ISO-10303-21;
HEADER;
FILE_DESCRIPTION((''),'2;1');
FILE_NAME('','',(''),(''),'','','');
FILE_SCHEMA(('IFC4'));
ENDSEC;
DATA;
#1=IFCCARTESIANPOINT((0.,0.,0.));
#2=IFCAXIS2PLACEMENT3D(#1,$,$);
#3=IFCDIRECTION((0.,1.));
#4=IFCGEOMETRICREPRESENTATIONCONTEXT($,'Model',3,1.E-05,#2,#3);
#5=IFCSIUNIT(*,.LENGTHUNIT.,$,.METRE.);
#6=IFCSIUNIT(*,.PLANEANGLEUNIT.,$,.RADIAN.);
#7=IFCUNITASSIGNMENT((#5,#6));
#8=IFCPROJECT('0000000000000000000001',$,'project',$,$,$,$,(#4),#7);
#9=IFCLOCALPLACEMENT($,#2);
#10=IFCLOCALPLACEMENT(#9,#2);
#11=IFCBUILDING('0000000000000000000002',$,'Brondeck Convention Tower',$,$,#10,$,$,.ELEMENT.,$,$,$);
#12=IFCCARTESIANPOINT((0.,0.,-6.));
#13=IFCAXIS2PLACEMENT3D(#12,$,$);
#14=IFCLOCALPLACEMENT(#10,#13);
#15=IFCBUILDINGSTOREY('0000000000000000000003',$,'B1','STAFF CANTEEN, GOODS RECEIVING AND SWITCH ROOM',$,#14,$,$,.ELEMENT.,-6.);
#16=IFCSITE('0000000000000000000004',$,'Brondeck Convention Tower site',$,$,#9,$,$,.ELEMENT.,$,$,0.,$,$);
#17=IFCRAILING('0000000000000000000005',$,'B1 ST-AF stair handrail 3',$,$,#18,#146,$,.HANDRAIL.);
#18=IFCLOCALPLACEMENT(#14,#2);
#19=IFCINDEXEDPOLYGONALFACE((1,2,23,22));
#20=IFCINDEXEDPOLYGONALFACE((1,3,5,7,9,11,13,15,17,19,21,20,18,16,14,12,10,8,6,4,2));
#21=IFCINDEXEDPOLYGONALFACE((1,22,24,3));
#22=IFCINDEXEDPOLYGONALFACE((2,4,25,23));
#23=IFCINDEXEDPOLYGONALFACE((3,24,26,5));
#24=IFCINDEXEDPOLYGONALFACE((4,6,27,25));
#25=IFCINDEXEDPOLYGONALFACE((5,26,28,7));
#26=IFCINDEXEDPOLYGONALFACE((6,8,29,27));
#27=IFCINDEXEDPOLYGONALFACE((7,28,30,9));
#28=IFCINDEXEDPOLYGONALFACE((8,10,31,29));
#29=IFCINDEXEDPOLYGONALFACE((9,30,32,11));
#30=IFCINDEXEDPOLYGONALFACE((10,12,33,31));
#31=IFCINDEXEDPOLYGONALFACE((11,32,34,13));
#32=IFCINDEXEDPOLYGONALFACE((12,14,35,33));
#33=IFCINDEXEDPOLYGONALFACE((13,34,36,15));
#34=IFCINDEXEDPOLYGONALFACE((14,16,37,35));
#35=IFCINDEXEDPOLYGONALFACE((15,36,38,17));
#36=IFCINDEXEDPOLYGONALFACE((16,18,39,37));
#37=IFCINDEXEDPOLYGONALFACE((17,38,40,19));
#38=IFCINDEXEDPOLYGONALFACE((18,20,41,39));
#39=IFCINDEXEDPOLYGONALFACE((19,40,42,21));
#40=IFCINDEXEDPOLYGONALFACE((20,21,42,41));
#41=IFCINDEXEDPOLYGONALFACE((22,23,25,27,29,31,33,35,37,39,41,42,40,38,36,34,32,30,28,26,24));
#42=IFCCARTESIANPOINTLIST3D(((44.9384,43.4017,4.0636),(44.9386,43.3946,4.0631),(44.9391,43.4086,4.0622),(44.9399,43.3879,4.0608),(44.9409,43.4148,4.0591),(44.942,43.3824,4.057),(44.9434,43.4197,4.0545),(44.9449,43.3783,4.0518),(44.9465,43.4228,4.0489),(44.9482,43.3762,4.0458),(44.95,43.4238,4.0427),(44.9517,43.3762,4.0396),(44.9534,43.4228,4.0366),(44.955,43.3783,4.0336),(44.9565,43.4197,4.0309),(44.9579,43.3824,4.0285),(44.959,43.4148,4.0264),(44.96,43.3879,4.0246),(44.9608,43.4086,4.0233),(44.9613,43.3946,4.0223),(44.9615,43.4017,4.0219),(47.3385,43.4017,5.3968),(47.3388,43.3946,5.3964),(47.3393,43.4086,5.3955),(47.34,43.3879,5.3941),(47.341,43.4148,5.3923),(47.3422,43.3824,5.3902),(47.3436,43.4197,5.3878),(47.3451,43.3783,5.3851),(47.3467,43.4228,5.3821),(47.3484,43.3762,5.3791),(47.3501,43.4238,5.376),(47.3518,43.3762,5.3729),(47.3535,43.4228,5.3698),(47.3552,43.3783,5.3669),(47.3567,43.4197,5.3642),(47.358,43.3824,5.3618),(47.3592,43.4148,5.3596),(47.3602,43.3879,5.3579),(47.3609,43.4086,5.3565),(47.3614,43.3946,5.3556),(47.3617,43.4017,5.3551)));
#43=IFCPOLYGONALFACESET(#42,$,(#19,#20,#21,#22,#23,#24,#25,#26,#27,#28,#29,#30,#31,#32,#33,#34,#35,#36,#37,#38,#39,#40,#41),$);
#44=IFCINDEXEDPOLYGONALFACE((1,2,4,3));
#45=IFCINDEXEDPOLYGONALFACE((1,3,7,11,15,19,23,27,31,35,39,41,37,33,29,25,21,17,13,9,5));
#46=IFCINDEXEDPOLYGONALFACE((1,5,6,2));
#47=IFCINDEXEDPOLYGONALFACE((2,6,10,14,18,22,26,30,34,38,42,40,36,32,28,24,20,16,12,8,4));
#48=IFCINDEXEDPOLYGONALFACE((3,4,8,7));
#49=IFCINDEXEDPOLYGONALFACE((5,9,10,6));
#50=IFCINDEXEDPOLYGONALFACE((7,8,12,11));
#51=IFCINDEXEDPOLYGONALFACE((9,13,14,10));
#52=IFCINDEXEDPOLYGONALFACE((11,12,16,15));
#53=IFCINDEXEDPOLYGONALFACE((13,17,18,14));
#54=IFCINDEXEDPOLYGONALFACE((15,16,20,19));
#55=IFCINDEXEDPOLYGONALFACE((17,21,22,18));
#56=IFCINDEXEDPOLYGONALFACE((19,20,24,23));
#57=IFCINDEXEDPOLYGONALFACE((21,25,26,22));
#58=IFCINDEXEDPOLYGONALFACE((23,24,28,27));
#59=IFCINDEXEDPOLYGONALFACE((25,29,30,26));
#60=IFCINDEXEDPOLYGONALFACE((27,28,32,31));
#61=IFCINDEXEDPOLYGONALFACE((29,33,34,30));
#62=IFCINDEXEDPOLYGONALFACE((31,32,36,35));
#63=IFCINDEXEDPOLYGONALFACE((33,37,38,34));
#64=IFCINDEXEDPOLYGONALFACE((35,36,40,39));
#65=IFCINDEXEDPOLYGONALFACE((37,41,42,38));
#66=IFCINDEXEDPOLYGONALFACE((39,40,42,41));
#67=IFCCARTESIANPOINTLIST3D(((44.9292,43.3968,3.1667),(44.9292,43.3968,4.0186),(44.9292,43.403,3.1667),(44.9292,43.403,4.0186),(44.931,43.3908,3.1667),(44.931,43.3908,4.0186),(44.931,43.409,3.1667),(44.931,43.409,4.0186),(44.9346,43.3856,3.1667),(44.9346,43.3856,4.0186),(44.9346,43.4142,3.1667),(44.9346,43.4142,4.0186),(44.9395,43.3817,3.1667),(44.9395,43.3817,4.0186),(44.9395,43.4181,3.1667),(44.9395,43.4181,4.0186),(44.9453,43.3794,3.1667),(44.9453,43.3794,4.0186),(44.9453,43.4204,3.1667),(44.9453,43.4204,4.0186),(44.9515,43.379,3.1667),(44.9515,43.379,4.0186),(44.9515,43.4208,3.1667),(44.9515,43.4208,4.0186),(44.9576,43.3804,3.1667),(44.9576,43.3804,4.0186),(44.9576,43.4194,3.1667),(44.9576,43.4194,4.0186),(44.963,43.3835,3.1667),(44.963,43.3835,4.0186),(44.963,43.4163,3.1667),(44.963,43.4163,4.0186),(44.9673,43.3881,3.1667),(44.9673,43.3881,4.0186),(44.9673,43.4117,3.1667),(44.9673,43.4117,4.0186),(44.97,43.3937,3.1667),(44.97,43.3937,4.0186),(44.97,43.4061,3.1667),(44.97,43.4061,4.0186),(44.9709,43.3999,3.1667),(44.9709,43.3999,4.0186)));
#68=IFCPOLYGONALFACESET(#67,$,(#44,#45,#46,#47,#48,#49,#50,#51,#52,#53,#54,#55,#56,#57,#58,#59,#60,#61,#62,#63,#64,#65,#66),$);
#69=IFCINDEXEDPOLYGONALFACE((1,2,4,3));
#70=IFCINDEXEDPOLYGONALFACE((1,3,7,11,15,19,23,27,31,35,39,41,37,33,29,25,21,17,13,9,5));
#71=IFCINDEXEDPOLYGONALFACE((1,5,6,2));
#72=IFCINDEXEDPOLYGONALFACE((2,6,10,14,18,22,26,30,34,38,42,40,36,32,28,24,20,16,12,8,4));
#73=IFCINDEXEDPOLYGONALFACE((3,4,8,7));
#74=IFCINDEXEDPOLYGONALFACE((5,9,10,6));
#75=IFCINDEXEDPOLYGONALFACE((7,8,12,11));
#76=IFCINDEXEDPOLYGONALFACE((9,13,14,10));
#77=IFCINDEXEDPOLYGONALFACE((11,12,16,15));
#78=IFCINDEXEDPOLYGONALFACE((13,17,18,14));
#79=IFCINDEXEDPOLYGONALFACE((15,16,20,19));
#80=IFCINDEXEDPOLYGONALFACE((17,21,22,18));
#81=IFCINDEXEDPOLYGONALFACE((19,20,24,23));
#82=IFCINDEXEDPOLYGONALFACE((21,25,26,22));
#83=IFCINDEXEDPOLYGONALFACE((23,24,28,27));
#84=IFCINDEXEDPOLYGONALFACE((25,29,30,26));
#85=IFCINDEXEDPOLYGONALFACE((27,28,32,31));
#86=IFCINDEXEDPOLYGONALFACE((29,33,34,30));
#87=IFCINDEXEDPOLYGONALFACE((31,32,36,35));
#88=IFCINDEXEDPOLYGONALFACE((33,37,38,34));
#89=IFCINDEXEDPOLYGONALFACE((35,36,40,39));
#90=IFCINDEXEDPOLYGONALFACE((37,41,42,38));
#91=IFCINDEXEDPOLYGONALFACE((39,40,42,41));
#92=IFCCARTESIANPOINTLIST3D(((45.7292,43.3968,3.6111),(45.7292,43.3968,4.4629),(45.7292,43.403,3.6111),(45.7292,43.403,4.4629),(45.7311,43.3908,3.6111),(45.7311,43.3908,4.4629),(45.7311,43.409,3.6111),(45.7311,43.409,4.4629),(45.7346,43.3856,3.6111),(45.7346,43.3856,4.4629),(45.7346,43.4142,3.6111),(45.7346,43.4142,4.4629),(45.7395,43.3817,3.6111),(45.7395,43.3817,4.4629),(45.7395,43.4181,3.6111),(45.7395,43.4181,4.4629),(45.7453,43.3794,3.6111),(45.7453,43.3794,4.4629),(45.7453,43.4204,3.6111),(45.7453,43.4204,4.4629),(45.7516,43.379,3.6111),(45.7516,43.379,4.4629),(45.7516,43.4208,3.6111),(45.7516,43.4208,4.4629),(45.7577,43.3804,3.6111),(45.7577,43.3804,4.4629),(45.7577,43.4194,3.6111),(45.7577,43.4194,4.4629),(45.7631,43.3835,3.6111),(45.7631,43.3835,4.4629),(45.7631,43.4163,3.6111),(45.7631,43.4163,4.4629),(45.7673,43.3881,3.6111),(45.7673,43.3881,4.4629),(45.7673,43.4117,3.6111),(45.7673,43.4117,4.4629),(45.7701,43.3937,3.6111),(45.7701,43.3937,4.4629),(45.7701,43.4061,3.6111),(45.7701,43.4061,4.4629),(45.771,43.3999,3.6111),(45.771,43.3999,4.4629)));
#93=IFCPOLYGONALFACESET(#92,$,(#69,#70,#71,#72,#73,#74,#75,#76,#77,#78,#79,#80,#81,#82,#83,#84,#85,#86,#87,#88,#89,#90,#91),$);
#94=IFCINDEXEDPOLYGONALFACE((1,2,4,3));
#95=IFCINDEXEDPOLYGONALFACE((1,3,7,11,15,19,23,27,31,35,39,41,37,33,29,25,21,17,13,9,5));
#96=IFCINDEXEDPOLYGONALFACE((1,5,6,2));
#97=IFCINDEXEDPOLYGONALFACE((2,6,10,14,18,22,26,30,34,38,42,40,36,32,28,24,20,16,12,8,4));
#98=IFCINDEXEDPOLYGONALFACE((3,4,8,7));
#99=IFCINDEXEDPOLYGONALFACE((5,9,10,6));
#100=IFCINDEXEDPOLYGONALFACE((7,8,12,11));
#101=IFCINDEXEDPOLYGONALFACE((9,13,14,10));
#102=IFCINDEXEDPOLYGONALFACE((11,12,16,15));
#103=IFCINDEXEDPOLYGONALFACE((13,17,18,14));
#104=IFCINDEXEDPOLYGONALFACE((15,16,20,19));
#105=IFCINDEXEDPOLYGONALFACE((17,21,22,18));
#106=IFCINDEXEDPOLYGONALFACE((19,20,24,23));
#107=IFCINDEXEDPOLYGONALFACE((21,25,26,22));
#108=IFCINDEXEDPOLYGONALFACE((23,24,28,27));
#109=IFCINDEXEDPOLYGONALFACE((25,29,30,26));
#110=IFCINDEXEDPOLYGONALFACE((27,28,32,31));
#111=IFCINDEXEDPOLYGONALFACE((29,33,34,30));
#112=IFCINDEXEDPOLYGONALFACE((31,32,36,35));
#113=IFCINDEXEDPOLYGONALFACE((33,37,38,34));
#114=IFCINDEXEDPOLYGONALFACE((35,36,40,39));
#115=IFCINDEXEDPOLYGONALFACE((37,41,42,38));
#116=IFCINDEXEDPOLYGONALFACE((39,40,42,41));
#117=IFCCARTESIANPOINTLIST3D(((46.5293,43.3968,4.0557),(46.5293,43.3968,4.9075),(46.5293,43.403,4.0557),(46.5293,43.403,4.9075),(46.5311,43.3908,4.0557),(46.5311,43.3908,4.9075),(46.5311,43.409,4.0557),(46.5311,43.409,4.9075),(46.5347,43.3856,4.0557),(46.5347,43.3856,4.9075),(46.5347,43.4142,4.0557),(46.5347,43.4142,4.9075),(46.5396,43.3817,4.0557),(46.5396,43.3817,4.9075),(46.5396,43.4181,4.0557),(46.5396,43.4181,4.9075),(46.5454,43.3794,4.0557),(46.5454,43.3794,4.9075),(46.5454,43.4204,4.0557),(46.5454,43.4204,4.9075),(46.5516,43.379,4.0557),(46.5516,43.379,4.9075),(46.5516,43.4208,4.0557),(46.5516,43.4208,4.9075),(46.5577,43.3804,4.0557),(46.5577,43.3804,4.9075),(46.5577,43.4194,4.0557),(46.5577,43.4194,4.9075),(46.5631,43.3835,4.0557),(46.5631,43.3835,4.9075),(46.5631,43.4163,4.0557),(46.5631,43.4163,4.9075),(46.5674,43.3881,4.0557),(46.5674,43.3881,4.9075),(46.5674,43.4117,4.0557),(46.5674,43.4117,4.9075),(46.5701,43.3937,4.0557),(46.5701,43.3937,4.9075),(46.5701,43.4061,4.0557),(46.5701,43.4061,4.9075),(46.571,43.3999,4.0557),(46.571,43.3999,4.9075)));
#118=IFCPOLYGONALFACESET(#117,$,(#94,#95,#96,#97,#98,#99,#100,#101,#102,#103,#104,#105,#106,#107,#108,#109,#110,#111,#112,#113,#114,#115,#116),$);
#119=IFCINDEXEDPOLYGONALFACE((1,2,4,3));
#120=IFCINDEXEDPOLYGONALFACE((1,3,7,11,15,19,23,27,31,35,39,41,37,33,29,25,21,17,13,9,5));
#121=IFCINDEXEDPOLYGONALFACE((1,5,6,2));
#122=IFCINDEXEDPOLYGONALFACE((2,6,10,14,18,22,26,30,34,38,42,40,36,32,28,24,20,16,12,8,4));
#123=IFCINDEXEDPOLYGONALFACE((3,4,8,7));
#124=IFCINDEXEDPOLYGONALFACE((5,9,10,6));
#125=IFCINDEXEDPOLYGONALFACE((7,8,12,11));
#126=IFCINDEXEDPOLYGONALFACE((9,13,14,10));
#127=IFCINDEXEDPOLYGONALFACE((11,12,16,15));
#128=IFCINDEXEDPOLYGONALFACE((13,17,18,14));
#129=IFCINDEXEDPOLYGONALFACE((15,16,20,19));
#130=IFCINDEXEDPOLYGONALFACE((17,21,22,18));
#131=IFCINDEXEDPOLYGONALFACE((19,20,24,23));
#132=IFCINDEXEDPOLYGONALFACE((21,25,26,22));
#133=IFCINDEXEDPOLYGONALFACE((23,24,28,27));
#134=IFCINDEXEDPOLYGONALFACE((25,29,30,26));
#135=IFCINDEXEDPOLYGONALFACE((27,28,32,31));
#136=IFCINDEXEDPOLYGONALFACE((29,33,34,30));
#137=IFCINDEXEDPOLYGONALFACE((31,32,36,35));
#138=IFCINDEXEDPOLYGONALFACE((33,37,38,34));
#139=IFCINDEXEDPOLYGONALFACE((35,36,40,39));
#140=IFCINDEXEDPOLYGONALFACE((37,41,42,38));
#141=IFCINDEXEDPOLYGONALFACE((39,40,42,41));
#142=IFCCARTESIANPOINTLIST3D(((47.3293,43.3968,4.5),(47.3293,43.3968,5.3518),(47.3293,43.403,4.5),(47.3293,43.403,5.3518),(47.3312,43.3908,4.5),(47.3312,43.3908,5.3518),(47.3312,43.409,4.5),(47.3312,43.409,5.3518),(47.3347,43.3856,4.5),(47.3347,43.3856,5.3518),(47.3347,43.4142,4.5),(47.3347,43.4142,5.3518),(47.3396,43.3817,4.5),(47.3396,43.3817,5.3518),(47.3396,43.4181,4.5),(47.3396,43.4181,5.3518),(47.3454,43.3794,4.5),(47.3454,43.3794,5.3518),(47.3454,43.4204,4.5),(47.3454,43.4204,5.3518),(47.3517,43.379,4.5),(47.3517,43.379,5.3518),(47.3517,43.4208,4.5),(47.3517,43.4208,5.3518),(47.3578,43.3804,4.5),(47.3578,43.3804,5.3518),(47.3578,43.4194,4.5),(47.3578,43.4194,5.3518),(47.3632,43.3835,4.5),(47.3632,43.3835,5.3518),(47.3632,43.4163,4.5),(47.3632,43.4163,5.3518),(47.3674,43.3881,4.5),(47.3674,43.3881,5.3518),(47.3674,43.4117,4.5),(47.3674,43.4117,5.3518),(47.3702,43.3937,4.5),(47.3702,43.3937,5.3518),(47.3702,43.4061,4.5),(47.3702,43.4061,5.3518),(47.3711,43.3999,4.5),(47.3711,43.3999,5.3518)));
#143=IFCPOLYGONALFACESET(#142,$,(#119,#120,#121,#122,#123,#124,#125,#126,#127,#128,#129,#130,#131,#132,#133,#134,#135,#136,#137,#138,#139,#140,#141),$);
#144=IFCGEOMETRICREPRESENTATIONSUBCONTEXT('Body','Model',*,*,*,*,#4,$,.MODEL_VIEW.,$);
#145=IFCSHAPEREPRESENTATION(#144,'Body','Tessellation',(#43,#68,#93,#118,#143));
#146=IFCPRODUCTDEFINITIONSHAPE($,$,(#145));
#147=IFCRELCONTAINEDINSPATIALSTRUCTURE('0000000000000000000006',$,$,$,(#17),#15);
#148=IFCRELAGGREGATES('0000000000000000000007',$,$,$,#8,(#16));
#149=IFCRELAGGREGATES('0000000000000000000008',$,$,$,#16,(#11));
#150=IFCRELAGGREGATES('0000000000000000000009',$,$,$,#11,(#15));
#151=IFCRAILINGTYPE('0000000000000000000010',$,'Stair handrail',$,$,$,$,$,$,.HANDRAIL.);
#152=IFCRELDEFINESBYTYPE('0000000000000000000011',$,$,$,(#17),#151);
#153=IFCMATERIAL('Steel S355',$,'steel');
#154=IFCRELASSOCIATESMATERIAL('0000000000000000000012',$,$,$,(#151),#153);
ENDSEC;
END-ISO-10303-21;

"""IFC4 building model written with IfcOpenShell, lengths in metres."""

from ifc_helpers import new_model, si_unit, direction, frame, origin, origin_2d, place, context, subcontext, project, spatial, circle, extrude, material, type_object, element, save


model = new_model("IFC4")

# Units and contexts
model_context = context("Model", 3, precision=1e-05, world=origin(), true_north=direction((0.0, 1.0)))
body_context = subcontext(model_context, "Body", "Model", "MODEL_VIEW")
ifc_project = project(units=[si_unit("LENGTHUNIT", "METRE"), si_unit("PLANEANGLEUNIT", "RADIAN")], contexts=[model_context])

# Site, building, storey
site_placement = place(None, origin())
site = spatial("IfcSite", under=ifc_project, at=site_placement, Name="Brondeck Convention Tower site", CompositionType="ELEMENT", RefElevation=0.0)
building_placement = place(site_placement, origin())
building = spatial("IfcBuilding", under=site, at=building_placement, Name="Brondeck Convention Tower", CompositionType="ELEMENT")
storey_placement = place(building_placement, frame((0.0, 0.0, -6.0)))
storey = spatial("IfcBuildingStorey", under=building, at=storey_placement, Name="B1", Description="STAFF CANTEEN, GOODS RECEIVING AND SWITCH ROOM", CompositionType="ELEMENT", Elevation=-6.0)

# Shared definitions
ifc_material_1 = material(Name="Steel S355", Category="steel")

# Railing
railing_type_1 = type_object("IfcRailingType", Name="Stair handrail", PredefinedType="HANDRAIL", material=ifc_material_1)
for number, where, name in (
    (1, (44.95, 43.3999, 3.1667), "B1 ST-AF stair handrail 3"),
):
    element("IfcRailing", number, at=place(storey_placement, frame(where)), inside=storey, type_object=railing_type_1, Name=name, PredefinedType="HANDRAIL", context=body_context, shape_type="SweptSolid", body=[
        extrude(circle(Radius=0.0239, at=origin_2d()), frame((0.0, 0.0, 0.876), z_axis=(0.874182, 0.0, 0.485598), x_axis=(0.0, 1.0, 0.0)), (0.0, 0.0, 1.0), 2.7456),
        extrude(circle(Radius=0.021, at=origin_2d()), origin(), (0.0, 0.0, 1.0), 0.8518),
        extrude(circle(Radius=0.021, at=origin_2d()), frame((0.8, 0.0, 0.4443)), (0.0, 0.0, 1.0), 0.8518),
        extrude(circle(Radius=0.021, at=origin_2d()), frame((1.6001, 0.0, 0.8889)), (0.0, 0.0, 1.0), 0.8518),
        extrude(circle(Radius=0.021, at=origin_2d()), frame((2.4001, 0.0, 1.3333)), (0.0, 0.0, 1.0), 0.8518),
    ])

save(model, "model.ifc")
